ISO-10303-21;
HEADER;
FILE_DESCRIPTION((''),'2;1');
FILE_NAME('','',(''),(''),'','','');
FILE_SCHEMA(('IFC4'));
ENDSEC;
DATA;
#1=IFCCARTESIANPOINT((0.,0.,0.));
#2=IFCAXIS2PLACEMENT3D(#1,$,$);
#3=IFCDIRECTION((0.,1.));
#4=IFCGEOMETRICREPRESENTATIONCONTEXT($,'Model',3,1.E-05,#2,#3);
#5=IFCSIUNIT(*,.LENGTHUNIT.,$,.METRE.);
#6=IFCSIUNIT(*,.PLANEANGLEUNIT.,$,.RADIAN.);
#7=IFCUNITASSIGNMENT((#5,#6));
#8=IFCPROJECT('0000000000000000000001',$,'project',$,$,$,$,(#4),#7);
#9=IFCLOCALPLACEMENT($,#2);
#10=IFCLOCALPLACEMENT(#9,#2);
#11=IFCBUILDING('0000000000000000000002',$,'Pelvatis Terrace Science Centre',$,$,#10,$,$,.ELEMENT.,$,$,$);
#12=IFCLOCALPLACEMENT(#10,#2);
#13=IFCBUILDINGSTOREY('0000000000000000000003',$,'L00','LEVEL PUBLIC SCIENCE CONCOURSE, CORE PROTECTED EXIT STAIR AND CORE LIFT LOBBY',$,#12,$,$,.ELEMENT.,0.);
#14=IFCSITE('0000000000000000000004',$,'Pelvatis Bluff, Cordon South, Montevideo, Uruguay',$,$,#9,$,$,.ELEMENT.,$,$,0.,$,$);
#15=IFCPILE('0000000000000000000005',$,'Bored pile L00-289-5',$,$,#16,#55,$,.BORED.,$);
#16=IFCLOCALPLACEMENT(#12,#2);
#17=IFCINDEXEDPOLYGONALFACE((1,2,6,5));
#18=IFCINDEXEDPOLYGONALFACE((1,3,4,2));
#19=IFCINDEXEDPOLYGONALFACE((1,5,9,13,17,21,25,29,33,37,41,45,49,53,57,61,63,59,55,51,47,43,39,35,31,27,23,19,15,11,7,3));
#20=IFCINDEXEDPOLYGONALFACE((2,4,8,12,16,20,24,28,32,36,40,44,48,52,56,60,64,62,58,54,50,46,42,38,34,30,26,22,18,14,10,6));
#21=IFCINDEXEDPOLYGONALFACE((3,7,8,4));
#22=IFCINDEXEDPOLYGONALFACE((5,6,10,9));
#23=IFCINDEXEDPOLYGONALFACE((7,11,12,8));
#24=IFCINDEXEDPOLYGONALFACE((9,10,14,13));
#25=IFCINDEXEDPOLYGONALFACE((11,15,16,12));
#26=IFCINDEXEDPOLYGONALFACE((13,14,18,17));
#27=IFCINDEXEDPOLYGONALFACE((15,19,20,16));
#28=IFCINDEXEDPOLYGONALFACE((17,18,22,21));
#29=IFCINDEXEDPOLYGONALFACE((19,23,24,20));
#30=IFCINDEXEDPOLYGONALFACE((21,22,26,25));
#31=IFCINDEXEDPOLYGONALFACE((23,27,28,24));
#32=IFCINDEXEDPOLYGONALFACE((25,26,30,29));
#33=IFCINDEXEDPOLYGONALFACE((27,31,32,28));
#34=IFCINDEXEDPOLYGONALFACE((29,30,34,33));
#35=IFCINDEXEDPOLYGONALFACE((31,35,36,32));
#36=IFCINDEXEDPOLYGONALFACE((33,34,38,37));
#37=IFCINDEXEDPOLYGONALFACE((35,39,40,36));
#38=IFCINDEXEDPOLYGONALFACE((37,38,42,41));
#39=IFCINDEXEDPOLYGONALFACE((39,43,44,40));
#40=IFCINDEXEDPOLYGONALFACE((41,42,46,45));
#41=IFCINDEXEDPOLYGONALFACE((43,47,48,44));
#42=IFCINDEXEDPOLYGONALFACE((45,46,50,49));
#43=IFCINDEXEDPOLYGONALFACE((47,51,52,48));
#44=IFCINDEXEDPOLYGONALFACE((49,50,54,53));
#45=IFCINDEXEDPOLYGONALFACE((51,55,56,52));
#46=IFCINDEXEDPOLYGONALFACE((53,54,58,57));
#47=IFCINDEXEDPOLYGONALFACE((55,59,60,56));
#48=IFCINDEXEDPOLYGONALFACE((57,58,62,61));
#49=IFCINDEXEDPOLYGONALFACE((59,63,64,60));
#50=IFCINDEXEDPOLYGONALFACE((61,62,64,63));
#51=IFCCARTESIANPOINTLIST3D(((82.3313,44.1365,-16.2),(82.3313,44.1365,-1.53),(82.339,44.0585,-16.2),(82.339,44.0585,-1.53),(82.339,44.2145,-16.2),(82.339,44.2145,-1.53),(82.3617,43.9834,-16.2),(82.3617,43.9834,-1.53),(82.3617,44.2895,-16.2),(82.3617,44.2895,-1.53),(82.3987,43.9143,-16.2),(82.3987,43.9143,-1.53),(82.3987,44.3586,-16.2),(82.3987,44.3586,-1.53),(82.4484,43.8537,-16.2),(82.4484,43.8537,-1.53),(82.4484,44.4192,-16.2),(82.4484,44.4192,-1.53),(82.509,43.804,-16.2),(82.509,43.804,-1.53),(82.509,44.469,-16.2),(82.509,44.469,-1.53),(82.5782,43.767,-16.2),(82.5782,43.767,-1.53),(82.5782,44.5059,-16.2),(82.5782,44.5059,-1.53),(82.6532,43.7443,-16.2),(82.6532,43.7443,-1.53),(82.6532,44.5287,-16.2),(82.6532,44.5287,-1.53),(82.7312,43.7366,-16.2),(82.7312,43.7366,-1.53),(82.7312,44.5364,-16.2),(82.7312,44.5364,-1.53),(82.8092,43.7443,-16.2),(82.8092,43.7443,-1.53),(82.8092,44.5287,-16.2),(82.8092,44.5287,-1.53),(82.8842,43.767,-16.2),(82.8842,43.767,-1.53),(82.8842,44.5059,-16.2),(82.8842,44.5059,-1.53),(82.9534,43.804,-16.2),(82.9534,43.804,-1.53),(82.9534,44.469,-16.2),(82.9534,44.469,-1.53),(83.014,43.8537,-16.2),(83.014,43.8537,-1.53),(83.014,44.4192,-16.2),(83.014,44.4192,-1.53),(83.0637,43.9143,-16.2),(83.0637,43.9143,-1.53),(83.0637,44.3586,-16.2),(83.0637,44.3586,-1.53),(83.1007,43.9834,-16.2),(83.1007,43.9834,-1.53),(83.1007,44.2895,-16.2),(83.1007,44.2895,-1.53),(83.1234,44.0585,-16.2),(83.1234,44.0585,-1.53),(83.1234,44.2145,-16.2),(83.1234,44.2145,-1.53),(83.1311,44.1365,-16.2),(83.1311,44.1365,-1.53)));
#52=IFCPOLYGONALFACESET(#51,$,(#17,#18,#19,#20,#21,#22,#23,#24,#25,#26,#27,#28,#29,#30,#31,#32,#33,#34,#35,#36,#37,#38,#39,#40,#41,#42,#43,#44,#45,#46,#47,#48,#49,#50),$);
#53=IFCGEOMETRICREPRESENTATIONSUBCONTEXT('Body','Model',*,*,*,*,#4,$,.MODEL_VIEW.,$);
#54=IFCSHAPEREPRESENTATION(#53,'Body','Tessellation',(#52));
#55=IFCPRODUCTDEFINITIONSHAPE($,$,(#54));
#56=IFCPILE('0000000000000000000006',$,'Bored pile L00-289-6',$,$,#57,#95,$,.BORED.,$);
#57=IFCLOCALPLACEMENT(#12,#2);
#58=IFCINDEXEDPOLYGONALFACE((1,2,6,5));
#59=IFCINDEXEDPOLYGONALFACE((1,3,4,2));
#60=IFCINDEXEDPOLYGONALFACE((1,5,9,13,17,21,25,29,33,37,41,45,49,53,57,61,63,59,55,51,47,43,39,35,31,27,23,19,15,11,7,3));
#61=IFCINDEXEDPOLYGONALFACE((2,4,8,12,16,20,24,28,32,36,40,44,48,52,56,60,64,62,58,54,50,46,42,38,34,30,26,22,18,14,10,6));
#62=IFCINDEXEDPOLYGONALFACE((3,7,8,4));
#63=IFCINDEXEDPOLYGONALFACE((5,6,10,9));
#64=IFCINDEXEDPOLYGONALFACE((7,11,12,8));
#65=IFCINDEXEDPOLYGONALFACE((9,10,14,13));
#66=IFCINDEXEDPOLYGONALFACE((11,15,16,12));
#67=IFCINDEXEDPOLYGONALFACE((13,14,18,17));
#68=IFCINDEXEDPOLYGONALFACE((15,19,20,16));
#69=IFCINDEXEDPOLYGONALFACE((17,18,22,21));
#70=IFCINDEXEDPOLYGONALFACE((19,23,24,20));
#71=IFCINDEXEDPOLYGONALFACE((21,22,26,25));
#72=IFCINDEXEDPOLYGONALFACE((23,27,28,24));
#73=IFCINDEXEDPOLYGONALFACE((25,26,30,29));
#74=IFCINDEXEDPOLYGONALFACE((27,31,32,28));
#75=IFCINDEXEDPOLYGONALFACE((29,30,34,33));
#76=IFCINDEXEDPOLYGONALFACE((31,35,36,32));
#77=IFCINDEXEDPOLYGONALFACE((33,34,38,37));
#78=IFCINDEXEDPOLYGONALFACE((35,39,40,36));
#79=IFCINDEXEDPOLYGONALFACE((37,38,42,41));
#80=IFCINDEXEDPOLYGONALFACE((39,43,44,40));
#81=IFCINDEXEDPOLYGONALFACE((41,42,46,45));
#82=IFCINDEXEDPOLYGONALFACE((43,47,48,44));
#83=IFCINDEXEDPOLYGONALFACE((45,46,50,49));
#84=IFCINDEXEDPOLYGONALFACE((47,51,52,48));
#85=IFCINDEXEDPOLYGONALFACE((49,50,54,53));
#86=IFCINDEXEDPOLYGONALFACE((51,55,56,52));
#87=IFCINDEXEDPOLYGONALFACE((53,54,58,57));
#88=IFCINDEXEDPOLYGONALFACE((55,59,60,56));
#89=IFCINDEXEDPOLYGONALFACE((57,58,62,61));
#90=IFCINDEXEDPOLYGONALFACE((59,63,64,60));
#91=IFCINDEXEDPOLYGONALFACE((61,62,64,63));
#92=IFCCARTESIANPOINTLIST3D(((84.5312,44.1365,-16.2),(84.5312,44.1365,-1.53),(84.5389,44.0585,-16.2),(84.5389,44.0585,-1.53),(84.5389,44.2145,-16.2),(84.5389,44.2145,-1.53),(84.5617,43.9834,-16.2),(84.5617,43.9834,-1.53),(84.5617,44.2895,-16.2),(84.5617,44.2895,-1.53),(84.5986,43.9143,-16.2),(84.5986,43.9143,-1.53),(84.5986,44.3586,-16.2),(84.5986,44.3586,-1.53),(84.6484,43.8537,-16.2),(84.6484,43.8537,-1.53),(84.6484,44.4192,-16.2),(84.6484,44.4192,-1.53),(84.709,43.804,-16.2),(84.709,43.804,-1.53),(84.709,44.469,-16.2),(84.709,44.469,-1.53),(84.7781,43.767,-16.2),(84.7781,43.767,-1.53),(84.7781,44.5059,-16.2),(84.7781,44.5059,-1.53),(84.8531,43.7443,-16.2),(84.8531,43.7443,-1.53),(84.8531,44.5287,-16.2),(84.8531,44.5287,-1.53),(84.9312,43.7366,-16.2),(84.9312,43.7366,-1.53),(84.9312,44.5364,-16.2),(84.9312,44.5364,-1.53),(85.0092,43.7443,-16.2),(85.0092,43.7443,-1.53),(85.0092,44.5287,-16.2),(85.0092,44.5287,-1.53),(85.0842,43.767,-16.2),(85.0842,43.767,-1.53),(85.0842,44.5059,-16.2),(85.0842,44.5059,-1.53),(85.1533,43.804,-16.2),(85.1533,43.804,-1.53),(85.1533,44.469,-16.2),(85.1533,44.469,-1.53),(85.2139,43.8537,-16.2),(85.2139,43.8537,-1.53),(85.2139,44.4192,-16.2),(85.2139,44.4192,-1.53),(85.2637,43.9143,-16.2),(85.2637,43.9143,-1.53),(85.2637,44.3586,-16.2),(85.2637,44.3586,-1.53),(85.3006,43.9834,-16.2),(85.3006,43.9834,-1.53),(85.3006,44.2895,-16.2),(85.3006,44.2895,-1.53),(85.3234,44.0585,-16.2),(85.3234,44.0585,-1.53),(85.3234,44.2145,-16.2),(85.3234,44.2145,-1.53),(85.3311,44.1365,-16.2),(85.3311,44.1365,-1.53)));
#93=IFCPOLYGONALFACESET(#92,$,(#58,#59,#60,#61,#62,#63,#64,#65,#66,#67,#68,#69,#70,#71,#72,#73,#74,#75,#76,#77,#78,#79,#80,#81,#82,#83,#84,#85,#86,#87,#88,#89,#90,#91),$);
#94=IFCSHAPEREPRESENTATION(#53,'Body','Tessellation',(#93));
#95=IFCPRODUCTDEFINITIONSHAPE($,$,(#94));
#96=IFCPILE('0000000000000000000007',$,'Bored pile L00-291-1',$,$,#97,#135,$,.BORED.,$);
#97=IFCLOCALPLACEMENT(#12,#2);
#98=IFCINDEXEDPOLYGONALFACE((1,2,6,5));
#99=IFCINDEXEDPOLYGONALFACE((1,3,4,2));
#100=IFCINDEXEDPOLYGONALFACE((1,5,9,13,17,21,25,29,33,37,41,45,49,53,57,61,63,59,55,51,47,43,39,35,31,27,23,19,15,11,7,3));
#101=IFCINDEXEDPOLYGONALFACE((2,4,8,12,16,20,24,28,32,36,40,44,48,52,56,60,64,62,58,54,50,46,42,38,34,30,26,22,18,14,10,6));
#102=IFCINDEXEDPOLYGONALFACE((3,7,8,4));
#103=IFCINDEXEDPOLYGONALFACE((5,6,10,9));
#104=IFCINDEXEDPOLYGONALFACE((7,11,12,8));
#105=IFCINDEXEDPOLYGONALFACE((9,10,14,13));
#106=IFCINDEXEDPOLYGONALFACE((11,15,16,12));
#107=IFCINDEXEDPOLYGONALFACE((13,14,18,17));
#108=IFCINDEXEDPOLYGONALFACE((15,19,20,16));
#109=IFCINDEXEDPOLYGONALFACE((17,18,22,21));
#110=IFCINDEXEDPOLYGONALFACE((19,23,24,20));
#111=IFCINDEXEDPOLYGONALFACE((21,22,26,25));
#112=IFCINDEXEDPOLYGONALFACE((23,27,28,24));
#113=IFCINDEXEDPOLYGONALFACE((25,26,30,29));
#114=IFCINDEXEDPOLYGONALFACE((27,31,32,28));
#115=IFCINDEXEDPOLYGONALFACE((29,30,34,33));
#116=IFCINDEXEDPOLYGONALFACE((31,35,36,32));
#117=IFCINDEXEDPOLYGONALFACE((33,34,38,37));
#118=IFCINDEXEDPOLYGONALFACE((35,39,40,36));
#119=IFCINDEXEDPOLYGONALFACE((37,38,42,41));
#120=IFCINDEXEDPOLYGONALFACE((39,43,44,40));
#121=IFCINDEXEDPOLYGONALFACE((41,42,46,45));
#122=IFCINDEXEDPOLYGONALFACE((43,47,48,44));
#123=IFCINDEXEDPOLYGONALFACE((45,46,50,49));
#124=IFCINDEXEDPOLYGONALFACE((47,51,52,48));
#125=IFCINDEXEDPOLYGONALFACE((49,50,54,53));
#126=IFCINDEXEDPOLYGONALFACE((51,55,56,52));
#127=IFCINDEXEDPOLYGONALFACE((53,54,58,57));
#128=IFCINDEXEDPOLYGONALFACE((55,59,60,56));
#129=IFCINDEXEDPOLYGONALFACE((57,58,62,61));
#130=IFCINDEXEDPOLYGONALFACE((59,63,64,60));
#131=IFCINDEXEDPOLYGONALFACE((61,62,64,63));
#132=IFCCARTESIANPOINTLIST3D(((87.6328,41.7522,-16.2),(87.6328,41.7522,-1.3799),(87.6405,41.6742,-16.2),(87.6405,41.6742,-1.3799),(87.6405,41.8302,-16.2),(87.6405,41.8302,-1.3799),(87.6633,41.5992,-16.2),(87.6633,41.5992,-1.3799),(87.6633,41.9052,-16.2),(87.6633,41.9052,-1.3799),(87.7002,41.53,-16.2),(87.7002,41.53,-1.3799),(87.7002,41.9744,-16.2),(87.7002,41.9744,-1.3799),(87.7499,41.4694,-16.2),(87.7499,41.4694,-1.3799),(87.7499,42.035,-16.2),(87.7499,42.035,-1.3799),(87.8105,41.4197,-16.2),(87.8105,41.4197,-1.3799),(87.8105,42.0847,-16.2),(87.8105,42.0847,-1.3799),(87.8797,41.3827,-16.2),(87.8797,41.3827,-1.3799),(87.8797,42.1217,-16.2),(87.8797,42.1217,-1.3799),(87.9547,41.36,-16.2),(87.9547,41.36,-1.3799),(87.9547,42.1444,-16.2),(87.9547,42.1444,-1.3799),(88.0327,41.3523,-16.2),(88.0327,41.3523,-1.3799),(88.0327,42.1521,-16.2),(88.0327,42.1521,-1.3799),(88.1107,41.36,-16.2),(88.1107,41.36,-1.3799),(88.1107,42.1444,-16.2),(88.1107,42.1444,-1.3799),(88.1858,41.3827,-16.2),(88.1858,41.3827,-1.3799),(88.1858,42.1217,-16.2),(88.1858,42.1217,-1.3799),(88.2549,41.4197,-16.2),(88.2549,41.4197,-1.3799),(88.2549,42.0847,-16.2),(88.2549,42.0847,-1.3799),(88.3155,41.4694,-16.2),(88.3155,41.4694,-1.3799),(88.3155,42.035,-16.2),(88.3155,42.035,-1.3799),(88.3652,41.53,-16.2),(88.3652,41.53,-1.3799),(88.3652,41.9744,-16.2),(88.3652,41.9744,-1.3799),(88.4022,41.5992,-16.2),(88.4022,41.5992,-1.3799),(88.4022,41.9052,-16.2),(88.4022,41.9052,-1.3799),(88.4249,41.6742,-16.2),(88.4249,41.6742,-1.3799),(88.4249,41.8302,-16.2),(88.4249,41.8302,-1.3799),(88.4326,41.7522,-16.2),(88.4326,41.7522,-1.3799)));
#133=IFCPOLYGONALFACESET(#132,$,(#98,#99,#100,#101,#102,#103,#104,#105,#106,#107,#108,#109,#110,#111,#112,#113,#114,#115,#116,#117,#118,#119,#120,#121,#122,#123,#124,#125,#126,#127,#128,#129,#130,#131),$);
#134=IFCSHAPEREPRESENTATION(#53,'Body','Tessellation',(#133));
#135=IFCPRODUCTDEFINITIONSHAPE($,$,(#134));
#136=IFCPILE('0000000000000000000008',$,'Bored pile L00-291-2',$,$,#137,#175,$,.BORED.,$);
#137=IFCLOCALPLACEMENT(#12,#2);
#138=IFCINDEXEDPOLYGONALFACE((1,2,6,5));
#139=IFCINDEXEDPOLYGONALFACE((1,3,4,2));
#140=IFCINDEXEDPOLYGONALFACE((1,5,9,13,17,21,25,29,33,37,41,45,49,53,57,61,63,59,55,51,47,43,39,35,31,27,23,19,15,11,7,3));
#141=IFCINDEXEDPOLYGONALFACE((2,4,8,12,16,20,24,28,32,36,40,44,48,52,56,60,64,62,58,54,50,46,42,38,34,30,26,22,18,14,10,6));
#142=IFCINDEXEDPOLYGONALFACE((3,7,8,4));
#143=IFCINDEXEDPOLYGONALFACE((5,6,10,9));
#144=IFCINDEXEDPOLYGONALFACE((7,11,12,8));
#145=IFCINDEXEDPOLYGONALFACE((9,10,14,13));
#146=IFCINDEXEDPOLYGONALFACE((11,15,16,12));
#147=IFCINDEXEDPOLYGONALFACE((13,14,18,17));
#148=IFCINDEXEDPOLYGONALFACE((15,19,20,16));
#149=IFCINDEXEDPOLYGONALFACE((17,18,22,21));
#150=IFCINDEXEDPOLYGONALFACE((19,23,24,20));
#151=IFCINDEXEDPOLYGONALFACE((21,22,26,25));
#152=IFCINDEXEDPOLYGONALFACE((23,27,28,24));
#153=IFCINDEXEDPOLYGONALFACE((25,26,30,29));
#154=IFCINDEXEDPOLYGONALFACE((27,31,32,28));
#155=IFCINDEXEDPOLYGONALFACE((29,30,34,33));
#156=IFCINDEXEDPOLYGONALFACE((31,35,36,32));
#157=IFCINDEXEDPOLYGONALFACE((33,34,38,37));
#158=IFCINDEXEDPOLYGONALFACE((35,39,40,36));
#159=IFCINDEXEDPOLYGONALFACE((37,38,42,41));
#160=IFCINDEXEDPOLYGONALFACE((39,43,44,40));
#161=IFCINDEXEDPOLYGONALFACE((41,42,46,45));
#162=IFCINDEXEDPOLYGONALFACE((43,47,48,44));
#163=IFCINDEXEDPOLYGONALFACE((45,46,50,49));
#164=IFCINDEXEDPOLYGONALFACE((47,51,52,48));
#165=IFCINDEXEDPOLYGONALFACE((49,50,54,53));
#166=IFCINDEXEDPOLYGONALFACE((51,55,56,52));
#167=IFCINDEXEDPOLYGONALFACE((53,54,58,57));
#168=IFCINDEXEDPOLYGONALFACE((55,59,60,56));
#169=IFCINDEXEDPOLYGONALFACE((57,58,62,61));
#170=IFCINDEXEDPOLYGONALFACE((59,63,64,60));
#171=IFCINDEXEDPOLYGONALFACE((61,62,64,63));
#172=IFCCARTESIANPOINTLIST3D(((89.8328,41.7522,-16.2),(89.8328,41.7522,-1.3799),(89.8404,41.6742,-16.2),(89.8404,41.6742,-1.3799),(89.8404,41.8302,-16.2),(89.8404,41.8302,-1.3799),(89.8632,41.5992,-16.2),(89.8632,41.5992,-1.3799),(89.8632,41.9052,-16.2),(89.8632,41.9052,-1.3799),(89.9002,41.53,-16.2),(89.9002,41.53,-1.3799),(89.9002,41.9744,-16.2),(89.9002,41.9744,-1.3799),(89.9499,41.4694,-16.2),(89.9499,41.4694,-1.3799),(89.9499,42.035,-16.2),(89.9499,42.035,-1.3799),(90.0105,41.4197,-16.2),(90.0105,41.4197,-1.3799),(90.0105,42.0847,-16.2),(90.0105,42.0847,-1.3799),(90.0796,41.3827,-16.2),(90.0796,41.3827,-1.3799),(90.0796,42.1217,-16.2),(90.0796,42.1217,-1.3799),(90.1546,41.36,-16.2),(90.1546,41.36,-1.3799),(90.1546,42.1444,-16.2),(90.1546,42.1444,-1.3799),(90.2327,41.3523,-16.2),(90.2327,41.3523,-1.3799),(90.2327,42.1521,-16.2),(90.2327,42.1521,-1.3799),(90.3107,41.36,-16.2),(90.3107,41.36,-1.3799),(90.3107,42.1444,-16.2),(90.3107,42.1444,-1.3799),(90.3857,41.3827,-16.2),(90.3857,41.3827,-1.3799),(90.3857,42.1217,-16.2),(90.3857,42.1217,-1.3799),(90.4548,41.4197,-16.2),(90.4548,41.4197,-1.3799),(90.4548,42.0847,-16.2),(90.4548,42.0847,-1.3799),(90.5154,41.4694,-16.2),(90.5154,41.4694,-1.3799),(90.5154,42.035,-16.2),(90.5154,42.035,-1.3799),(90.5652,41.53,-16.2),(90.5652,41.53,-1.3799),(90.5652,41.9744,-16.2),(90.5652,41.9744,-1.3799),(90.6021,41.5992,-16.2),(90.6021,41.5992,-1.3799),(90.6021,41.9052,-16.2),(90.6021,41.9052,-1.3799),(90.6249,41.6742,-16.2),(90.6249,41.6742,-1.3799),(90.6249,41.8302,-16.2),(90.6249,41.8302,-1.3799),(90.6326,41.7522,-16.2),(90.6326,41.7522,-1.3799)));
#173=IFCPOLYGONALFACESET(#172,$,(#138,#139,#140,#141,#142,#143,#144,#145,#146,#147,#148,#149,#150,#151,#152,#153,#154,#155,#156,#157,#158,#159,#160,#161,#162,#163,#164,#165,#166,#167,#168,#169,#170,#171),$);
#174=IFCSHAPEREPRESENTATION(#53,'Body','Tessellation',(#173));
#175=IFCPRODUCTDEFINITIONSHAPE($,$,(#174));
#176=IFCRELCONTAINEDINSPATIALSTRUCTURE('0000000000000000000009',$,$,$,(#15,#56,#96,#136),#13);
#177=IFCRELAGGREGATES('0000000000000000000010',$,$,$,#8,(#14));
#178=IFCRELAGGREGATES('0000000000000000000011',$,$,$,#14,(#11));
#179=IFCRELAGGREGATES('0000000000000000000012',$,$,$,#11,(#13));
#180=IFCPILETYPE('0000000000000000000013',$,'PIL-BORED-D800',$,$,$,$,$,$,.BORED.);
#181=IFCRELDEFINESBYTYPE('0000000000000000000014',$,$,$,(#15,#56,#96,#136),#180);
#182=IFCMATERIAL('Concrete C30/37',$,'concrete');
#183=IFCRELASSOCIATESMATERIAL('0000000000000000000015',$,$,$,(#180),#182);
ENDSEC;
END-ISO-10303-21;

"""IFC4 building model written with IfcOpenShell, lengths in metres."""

from ifc_helpers import new_model, si_unit, direction, frame, origin, origin_2d, place, context, subcontext, project, spatial, circle, extrude, material, material_profile, profile_set, type_object, element, save


model = new_model("IFC4")

# Units and contexts
model_context = context("Model", 3, precision=1e-05, world=origin(), true_north=direction((0.0, 1.0)))
body_context = subcontext(model_context, "Body", "Model", "MODEL_VIEW")
ifc_project = project(units=[si_unit("LENGTHUNIT", "METRE"), si_unit("PLANEANGLEUNIT", "RADIAN")], contexts=[model_context])

# Site, building, storey
site_placement = place(None, origin())
site = spatial("IfcSite", under=ifc_project, at=site_placement, Name="Pelvatis Bluff, Cordon South, Montevideo, Uruguay", CompositionType="ELEMENT", RefElevation=0.0)
building_placement = place(site_placement, origin())
building = spatial("IfcBuilding", under=site, at=building_placement, Name="Pelvatis Terrace Science Centre", CompositionType="ELEMENT")
storey_placement = place(building_placement, origin())
storey = spatial("IfcBuildingStorey", under=building, at=storey_placement, Name="L00", Description="LEVEL PUBLIC SCIENCE CONCOURSE, CORE PROTECTED EXIT STAIR AND CORE LIFT LOBBY", CompositionType="ELEMENT", Elevation=0.0)

# Piles
ifc_material_1 = material(Name="Concrete C30/37", Category="concrete")
ifc_material_profile_1 = material_profile(ifc_material_1, circle(Radius=0.3999, at=origin_2d()), Name="PILE D800")
ifc_profile_set_1 = profile_set([ifc_material_profile_1], Name="Concrete C30/37")
pile_type = type_object("IfcPileType", Name="PIL-BORED-D800", PredefinedType="BORED", material=ifc_profile_set_1)
for number, where, z_axis, x_axis, name in (
    (1, (82.7312, 44.1365, -1.53), (0.0, 0.0, -1.0), (1.0, 0.0, 0.0), "Bored pile L00-289-5"),
    (2, (84.9312, 44.1365, -1.53), (0.0, 0.0, -1.0), (1.0, 0.0, 0.0), "Bored pile L00-289-6"),
):
    element("IfcPile", number, at=place(storey_placement, frame(where, z_axis=z_axis, x_axis=x_axis)), inside=storey, type_object=pile_type, Name=name, PredefinedType="BORED", context=body_context, shape_type="SweptSolid", body=[
        extrude(circle(Radius=0.3999, at=origin_2d()), origin(), (0.0, 0.0, 1.0), 14.6699),
    ])
for number, where, z_axis, x_axis, name in (
    (3, (88.0327, 41.7522, -1.3799), (0.0, 0.0, -1.0), (1.0, 0.0, 0.0), "Bored pile L00-291-1"),
    (4, (90.2327, 41.7522, -1.3799), (0.0, 0.0, -1.0), (1.0, 0.0, 0.0), "Bored pile L00-291-2"),
):
    element("IfcPile", number, at=place(storey_placement, frame(where, z_axis=z_axis, x_axis=x_axis)), inside=storey, type_object=pile_type, Name=name, PredefinedType="BORED", context=body_context, shape_type="SweptSolid", body=[
        extrude(circle(Radius=0.3999, at=origin_2d()), origin(), (0.0, 0.0, 1.0), 14.8201),
    ])

save(model, "model.ifc")
